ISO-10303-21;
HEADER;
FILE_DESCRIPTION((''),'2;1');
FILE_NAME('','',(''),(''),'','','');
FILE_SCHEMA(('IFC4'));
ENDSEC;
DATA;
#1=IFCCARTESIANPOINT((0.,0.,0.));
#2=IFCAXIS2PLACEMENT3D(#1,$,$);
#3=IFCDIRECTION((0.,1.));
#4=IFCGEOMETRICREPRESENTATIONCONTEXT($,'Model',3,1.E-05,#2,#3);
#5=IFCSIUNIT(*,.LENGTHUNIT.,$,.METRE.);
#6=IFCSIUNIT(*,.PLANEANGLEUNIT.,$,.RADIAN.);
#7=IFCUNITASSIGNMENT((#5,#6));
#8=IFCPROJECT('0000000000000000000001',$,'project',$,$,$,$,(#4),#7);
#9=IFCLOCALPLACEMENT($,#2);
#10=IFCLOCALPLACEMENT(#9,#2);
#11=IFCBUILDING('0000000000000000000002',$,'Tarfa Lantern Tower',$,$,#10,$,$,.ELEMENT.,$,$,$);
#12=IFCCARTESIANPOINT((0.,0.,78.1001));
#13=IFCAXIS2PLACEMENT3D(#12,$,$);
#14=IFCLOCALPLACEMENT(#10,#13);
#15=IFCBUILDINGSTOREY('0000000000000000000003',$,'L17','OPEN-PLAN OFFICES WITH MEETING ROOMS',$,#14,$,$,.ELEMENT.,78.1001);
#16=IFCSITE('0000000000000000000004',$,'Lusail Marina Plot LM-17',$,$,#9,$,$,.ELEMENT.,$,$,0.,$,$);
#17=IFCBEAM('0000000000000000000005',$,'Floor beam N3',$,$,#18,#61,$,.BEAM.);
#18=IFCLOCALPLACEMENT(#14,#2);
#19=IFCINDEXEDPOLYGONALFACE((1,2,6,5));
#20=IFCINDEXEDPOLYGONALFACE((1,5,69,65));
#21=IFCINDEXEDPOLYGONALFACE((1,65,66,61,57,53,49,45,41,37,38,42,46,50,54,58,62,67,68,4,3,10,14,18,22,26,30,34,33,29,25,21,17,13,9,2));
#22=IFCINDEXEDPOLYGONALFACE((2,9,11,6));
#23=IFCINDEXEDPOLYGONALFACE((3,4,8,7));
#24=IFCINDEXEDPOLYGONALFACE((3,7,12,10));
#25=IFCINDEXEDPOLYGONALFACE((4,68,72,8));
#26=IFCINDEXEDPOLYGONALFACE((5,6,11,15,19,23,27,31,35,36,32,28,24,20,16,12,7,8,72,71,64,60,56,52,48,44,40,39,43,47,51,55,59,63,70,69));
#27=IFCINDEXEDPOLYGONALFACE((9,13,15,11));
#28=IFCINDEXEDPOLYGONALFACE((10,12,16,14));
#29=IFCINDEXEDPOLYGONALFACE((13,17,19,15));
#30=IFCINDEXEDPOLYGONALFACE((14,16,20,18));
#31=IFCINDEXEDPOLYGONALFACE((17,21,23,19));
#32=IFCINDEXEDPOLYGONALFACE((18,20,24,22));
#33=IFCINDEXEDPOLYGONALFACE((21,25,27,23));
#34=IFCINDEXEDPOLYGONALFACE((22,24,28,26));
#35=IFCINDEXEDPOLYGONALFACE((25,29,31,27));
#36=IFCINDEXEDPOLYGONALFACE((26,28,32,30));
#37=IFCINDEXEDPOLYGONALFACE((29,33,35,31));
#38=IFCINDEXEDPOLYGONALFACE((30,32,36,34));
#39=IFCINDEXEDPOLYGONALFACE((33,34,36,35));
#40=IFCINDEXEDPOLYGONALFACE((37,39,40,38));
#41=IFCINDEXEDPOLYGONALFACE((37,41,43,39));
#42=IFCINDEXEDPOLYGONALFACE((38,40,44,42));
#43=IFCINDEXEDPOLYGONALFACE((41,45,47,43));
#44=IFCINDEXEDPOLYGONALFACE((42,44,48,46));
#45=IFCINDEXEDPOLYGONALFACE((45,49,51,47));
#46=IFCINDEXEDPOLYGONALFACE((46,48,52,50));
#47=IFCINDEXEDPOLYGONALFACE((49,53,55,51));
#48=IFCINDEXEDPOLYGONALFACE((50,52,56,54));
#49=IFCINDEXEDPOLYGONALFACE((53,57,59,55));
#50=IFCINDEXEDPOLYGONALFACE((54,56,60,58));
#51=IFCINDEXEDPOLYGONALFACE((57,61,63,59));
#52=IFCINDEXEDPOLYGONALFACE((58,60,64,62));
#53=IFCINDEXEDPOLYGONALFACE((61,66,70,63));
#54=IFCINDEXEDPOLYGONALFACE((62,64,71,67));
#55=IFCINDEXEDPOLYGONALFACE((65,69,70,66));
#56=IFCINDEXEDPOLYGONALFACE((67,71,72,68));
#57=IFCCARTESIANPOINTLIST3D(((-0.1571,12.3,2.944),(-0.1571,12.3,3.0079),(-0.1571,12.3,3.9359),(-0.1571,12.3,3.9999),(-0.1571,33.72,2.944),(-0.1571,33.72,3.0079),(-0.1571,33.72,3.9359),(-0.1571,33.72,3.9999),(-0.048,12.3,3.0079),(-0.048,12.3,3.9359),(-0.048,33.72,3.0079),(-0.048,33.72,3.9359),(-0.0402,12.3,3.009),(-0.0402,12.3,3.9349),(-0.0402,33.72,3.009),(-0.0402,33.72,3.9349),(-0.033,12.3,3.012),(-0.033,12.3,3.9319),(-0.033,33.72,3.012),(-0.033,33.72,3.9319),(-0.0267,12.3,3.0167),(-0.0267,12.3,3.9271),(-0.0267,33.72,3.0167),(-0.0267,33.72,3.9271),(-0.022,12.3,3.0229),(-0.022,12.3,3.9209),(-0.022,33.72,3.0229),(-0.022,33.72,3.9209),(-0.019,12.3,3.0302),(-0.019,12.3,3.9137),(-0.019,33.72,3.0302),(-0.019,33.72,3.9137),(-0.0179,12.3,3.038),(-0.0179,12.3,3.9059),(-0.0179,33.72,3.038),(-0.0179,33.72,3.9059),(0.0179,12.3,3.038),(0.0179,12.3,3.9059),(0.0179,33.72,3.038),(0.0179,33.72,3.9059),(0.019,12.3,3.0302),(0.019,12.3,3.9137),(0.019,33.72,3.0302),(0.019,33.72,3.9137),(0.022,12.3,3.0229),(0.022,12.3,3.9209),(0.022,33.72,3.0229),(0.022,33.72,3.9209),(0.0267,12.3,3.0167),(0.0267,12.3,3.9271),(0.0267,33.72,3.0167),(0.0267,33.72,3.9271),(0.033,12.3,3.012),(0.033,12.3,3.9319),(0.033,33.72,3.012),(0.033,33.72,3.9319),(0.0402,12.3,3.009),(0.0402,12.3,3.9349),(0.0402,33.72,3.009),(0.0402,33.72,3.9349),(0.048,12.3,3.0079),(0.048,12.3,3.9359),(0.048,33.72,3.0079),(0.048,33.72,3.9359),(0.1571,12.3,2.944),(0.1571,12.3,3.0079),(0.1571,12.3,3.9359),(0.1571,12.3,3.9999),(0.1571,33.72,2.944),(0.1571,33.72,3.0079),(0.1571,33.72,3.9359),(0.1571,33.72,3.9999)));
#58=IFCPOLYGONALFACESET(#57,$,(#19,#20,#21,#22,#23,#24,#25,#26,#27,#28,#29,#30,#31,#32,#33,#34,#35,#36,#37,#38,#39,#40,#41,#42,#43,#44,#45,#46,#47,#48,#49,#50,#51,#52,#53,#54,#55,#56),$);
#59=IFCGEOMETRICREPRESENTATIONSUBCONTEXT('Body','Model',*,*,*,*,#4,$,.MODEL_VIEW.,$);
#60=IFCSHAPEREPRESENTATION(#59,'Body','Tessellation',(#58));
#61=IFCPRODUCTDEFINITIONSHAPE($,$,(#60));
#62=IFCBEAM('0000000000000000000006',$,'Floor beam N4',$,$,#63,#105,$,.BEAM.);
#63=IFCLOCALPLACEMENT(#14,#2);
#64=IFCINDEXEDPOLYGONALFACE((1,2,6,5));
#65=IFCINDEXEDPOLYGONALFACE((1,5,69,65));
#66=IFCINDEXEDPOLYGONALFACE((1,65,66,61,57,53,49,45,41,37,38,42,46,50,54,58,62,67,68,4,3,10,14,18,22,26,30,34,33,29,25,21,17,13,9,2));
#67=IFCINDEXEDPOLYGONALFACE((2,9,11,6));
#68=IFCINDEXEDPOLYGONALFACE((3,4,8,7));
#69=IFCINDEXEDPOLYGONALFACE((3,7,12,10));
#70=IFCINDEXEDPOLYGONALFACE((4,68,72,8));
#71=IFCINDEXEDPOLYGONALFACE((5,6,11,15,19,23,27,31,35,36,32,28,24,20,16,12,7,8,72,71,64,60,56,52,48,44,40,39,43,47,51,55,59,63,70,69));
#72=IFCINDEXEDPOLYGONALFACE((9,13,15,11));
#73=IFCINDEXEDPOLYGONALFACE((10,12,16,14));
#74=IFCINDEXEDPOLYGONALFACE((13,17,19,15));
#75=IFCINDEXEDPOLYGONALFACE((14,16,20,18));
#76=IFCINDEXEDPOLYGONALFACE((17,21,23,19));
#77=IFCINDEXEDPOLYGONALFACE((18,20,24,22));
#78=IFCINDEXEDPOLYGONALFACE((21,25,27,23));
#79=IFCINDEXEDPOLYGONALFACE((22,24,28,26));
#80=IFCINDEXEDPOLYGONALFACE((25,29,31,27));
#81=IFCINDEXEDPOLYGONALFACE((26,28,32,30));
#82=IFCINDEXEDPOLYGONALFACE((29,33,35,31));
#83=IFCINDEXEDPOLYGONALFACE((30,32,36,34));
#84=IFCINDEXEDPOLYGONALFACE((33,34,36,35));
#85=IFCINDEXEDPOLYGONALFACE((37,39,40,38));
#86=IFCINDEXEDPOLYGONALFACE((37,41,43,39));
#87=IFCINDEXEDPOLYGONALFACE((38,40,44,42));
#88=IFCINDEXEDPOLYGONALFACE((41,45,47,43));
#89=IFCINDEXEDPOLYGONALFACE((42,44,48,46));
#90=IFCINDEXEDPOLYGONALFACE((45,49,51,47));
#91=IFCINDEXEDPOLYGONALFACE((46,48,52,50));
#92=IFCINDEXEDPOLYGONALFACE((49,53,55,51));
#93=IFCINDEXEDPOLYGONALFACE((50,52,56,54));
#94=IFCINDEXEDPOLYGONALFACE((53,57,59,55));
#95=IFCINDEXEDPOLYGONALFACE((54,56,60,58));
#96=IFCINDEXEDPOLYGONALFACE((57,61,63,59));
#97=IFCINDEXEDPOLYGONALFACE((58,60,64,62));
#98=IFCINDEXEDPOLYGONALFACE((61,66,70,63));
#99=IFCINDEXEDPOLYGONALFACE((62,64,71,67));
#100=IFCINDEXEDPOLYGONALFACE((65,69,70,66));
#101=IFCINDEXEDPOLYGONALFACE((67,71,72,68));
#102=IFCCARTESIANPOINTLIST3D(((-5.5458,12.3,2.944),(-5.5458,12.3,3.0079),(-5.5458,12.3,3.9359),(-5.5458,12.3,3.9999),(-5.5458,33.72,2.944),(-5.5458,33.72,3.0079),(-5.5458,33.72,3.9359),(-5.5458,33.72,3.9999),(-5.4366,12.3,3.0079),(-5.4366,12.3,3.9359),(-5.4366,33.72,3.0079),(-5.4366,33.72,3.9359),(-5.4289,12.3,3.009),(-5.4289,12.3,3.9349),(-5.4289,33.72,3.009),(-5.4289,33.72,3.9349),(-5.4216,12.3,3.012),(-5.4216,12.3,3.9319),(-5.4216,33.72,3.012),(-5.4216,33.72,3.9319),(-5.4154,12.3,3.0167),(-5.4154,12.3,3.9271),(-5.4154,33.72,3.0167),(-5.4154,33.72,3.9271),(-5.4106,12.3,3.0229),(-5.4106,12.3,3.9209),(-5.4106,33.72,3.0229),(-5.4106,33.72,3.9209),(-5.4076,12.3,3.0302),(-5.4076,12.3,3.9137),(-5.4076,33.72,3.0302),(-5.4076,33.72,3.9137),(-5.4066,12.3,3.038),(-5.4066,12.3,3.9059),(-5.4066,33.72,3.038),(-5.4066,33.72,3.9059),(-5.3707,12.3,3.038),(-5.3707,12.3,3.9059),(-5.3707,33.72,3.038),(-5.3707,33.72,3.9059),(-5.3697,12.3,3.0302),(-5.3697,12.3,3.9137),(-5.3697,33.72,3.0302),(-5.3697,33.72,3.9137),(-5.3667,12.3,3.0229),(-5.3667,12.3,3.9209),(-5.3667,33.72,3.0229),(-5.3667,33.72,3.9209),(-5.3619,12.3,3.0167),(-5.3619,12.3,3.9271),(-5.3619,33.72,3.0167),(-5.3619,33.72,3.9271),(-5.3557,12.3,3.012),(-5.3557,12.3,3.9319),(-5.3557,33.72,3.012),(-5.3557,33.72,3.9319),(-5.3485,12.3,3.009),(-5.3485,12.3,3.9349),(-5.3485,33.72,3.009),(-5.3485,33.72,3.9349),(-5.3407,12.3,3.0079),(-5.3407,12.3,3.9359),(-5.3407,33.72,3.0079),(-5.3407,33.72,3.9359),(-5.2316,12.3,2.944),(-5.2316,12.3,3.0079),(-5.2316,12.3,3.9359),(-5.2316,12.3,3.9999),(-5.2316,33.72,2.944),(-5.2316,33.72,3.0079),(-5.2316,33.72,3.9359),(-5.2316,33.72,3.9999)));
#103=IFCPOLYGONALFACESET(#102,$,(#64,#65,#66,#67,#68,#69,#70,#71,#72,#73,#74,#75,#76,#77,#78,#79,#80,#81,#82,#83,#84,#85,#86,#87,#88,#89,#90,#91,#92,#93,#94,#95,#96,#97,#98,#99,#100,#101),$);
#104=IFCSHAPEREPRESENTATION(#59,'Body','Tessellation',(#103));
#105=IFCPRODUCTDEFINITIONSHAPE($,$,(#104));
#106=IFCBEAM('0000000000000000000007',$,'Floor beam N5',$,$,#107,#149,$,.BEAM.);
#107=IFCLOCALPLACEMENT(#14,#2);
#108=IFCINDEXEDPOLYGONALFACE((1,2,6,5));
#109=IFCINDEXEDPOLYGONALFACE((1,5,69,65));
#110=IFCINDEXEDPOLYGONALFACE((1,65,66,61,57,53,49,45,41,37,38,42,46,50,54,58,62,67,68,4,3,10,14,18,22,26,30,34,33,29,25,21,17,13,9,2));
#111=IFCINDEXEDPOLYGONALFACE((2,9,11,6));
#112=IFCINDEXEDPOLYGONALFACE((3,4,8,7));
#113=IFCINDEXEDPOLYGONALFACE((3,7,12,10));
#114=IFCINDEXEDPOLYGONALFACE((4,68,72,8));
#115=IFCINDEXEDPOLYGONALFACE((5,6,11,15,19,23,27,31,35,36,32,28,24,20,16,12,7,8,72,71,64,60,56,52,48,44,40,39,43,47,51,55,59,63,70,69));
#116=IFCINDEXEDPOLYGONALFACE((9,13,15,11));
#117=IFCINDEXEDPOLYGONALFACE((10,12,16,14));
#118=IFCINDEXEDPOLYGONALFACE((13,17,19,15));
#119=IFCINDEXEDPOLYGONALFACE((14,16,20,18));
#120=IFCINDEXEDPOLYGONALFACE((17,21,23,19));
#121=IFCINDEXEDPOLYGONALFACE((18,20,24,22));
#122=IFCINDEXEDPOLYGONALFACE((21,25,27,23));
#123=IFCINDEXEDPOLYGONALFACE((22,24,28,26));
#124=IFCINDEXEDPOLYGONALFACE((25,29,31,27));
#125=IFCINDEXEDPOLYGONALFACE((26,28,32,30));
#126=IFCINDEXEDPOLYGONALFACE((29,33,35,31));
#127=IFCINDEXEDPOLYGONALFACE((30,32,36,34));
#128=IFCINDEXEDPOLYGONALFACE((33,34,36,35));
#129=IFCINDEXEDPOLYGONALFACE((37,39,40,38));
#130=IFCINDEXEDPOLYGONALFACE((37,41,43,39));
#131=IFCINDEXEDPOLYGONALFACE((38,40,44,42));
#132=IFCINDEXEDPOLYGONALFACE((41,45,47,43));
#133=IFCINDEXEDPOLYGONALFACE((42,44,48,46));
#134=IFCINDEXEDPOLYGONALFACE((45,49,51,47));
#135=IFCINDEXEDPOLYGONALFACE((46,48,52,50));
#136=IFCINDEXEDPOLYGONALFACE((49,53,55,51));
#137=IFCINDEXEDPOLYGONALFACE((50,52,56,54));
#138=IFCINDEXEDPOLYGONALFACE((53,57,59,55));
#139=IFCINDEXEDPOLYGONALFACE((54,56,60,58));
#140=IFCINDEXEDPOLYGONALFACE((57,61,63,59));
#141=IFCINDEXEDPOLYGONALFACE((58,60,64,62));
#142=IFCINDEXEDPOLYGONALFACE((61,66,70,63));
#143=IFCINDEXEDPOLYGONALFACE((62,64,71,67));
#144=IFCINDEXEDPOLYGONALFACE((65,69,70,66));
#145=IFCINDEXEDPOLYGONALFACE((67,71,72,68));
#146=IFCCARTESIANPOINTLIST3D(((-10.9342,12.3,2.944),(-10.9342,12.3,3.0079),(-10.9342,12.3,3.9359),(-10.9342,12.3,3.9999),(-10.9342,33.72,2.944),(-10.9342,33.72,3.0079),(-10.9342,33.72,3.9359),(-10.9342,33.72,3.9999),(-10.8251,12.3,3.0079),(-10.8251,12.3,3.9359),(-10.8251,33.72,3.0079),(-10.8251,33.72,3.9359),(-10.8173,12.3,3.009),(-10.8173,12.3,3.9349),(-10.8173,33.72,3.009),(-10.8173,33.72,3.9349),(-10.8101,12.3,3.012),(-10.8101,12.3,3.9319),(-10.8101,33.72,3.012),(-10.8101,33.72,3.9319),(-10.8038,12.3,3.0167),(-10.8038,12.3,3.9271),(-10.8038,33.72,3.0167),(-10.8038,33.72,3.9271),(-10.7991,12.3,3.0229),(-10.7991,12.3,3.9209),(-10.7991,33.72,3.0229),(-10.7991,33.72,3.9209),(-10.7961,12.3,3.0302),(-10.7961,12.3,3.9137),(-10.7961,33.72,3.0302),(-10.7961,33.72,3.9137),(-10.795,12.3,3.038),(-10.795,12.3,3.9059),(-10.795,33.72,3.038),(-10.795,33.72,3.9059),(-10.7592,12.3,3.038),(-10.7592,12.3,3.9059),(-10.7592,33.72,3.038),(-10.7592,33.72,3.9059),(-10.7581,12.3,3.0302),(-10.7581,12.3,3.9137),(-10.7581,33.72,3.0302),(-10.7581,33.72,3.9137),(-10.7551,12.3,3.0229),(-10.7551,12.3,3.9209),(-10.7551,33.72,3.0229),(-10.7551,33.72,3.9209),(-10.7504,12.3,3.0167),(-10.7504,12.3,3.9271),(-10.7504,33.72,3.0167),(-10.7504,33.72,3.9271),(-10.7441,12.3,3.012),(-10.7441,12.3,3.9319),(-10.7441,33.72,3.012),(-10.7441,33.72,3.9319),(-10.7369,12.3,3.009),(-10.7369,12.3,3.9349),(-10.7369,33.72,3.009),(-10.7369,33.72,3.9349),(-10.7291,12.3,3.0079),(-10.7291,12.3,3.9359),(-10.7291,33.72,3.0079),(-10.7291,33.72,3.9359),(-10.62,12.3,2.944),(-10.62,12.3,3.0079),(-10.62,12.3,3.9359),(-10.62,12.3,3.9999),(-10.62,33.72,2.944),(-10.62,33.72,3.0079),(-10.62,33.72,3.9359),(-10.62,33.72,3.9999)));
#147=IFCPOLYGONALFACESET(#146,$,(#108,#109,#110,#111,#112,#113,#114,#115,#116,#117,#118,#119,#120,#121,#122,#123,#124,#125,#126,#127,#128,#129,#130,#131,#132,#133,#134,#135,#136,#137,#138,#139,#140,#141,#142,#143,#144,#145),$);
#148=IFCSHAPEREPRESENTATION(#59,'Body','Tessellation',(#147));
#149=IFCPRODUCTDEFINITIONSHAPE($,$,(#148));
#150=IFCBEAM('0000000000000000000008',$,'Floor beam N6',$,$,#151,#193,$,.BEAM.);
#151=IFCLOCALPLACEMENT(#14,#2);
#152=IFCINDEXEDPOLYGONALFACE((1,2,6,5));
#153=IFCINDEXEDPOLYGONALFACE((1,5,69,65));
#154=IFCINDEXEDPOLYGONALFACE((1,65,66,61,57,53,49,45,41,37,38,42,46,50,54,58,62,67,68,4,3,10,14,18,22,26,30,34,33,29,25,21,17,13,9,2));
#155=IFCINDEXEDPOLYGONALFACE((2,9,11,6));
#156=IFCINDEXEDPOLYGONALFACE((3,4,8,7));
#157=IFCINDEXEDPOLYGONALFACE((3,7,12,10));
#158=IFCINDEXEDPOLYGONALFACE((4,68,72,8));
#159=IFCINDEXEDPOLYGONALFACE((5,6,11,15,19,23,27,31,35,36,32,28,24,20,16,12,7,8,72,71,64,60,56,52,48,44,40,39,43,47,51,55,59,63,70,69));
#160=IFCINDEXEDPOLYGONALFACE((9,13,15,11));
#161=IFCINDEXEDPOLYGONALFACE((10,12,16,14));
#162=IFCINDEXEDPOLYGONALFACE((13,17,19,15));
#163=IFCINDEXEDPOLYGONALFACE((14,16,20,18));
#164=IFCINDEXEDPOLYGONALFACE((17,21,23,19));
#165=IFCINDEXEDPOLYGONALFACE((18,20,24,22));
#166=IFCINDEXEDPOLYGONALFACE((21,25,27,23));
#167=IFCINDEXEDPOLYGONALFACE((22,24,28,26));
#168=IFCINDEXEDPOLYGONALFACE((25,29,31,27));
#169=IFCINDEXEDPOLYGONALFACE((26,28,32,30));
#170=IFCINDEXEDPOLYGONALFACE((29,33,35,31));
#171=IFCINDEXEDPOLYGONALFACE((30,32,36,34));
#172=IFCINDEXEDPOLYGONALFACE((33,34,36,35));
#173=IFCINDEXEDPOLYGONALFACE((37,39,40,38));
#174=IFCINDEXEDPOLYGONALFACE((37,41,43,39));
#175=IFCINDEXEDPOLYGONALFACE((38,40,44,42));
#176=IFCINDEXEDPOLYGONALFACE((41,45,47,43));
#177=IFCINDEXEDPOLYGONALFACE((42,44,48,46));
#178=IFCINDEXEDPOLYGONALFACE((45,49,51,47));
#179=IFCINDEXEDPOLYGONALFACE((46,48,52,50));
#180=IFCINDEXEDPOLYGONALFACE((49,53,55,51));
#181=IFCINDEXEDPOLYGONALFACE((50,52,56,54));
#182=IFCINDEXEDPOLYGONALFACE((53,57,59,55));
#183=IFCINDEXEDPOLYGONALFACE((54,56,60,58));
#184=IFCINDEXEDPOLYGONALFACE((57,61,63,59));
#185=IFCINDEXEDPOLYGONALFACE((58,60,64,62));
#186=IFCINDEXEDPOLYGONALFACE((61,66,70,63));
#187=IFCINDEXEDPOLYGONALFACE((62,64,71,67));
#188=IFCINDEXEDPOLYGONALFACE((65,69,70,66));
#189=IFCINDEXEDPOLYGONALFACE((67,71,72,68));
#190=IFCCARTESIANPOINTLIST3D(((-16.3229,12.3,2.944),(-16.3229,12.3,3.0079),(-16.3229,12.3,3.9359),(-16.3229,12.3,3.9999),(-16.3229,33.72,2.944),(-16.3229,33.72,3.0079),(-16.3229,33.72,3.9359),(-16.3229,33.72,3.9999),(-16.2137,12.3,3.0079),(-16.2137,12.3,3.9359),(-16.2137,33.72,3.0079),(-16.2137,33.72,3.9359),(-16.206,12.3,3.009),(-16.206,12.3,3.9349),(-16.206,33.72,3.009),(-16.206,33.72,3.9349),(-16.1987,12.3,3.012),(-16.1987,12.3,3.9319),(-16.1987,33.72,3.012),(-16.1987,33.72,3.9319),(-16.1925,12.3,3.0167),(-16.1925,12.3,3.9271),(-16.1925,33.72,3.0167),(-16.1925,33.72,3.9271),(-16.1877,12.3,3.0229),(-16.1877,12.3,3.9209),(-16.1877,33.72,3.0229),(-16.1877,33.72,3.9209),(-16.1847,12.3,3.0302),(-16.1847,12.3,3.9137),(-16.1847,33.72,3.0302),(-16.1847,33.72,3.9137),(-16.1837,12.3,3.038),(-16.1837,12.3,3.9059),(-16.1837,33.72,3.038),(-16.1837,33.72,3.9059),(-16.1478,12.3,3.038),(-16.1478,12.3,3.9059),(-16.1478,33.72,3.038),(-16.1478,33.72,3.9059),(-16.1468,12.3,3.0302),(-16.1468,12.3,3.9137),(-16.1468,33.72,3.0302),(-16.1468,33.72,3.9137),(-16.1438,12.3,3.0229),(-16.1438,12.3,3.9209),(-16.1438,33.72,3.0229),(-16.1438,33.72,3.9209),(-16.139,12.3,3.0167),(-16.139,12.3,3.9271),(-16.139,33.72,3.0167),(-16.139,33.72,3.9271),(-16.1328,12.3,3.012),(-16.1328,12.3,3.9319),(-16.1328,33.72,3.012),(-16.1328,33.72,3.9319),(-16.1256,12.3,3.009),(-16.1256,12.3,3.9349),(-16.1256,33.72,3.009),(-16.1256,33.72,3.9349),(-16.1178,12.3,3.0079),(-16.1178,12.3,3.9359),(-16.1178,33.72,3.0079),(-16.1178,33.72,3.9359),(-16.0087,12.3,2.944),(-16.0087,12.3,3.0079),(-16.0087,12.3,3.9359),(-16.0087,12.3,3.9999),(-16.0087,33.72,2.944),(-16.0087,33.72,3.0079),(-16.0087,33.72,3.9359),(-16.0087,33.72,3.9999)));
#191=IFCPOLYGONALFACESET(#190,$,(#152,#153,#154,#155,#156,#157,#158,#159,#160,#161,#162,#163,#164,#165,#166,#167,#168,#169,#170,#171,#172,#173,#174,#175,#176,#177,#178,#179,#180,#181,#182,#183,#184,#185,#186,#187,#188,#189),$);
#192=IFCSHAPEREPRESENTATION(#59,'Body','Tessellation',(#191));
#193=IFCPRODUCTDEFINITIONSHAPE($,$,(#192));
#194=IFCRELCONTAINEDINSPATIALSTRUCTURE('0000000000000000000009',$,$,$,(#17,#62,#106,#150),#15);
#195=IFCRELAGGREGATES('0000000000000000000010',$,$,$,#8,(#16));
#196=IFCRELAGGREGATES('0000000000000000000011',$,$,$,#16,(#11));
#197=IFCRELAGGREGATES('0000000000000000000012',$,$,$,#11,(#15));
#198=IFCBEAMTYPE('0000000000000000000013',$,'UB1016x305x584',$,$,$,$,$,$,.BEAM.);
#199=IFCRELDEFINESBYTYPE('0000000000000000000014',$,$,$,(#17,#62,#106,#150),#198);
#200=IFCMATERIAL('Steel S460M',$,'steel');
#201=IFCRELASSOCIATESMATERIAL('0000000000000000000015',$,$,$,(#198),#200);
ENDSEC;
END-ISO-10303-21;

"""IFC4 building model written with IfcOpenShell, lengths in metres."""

from ifc_helpers import new_model, si_unit, direction, frame, origin, origin_2d, place, context, subcontext, project, spatial, i_section, extrude, material, material_profile, profile_set, type_object, element, save


model = new_model("IFC4")

# Units and contexts
model_context = context("Model", 3, precision=1e-05, world=origin(), true_north=direction((0.0, 1.0)))
body_context = subcontext(model_context, "Body", "Model", "MODEL_VIEW")
ifc_project = project(units=[si_unit("LENGTHUNIT", "METRE"), si_unit("PLANEANGLEUNIT", "RADIAN")], contexts=[model_context])

# Site, building, storey
site_placement = place(None, origin())
site = spatial("IfcSite", under=ifc_project, at=site_placement, Name="Lusail Marina Plot LM-17", CompositionType="ELEMENT", RefElevation=0.0)
building_placement = place(site_placement, origin())
building = spatial("IfcBuilding", under=site, at=building_placement, Name="Tarfa Lantern Tower", CompositionType="ELEMENT")
storey_placement = place(building_placement, frame((0.0, 0.0, 78.1001)))
storey = spatial("IfcBuildingStorey", under=building, at=storey_placement, Name="L17", Description="OPEN-PLAN OFFICES WITH MEETING ROOMS", CompositionType="ELEMENT", Elevation=78.1001)

# Beams
ifc_material_1 = material(Name="Steel S460M", Category="steel")
ifc_material_profile_1 = material_profile(ifc_material_1, i_section(OverallWidth=0.3142, OverallDepth=1.0559, WebThickness=0.0359, FlangeThickness=0.064, FilletRadius=0.03, at=origin_2d()), Name="UB1016x305x584")
ifc_profile_set_1 = profile_set([ifc_material_profile_1], Name="Steel S460M")
beam_type_1 = type_object("IfcBeamType", Name="UB1016x305x584", PredefinedType="BEAM", material=ifc_profile_set_1)
for number, where, z_axis, x_axis, name in (
    (1, (0.0, 33.72, 3.4719), (0.0, -1.0, 0.0), (1.0, 0.0, 0.0), "Floor beam N3"),
    (2, (-5.3887, 33.72, 3.4719), (0.0, -1.0, 0.0), (1.0, 0.0, 0.0), "Floor beam N4"),
    (3, (-10.7771, 33.72, 3.4719), (0.0, -1.0, 0.0), (1.0, 0.0, 0.0), "Floor beam N5"),
    (4, (-16.1658, 33.72, 3.4719), (0.0, -1.0, 0.0), (1.0, 0.0, 0.0), "Floor beam N6"),
):
    element("IfcBeam", number, at=place(storey_placement, frame(where, z_axis=z_axis, x_axis=x_axis)), inside=storey, type_object=beam_type_1, Name=name, PredefinedType="BEAM", context=body_context, shape_type="SweptSolid", body=[
        extrude(i_section(OverallWidth=0.3142, OverallDepth=1.0559, WebThickness=0.0359, FlangeThickness=0.064, FilletRadius=0.03, at=origin_2d()), origin(), (0.0, 0.0, 1.0), 21.4199),
    ])

save(model, "model.ifc")
